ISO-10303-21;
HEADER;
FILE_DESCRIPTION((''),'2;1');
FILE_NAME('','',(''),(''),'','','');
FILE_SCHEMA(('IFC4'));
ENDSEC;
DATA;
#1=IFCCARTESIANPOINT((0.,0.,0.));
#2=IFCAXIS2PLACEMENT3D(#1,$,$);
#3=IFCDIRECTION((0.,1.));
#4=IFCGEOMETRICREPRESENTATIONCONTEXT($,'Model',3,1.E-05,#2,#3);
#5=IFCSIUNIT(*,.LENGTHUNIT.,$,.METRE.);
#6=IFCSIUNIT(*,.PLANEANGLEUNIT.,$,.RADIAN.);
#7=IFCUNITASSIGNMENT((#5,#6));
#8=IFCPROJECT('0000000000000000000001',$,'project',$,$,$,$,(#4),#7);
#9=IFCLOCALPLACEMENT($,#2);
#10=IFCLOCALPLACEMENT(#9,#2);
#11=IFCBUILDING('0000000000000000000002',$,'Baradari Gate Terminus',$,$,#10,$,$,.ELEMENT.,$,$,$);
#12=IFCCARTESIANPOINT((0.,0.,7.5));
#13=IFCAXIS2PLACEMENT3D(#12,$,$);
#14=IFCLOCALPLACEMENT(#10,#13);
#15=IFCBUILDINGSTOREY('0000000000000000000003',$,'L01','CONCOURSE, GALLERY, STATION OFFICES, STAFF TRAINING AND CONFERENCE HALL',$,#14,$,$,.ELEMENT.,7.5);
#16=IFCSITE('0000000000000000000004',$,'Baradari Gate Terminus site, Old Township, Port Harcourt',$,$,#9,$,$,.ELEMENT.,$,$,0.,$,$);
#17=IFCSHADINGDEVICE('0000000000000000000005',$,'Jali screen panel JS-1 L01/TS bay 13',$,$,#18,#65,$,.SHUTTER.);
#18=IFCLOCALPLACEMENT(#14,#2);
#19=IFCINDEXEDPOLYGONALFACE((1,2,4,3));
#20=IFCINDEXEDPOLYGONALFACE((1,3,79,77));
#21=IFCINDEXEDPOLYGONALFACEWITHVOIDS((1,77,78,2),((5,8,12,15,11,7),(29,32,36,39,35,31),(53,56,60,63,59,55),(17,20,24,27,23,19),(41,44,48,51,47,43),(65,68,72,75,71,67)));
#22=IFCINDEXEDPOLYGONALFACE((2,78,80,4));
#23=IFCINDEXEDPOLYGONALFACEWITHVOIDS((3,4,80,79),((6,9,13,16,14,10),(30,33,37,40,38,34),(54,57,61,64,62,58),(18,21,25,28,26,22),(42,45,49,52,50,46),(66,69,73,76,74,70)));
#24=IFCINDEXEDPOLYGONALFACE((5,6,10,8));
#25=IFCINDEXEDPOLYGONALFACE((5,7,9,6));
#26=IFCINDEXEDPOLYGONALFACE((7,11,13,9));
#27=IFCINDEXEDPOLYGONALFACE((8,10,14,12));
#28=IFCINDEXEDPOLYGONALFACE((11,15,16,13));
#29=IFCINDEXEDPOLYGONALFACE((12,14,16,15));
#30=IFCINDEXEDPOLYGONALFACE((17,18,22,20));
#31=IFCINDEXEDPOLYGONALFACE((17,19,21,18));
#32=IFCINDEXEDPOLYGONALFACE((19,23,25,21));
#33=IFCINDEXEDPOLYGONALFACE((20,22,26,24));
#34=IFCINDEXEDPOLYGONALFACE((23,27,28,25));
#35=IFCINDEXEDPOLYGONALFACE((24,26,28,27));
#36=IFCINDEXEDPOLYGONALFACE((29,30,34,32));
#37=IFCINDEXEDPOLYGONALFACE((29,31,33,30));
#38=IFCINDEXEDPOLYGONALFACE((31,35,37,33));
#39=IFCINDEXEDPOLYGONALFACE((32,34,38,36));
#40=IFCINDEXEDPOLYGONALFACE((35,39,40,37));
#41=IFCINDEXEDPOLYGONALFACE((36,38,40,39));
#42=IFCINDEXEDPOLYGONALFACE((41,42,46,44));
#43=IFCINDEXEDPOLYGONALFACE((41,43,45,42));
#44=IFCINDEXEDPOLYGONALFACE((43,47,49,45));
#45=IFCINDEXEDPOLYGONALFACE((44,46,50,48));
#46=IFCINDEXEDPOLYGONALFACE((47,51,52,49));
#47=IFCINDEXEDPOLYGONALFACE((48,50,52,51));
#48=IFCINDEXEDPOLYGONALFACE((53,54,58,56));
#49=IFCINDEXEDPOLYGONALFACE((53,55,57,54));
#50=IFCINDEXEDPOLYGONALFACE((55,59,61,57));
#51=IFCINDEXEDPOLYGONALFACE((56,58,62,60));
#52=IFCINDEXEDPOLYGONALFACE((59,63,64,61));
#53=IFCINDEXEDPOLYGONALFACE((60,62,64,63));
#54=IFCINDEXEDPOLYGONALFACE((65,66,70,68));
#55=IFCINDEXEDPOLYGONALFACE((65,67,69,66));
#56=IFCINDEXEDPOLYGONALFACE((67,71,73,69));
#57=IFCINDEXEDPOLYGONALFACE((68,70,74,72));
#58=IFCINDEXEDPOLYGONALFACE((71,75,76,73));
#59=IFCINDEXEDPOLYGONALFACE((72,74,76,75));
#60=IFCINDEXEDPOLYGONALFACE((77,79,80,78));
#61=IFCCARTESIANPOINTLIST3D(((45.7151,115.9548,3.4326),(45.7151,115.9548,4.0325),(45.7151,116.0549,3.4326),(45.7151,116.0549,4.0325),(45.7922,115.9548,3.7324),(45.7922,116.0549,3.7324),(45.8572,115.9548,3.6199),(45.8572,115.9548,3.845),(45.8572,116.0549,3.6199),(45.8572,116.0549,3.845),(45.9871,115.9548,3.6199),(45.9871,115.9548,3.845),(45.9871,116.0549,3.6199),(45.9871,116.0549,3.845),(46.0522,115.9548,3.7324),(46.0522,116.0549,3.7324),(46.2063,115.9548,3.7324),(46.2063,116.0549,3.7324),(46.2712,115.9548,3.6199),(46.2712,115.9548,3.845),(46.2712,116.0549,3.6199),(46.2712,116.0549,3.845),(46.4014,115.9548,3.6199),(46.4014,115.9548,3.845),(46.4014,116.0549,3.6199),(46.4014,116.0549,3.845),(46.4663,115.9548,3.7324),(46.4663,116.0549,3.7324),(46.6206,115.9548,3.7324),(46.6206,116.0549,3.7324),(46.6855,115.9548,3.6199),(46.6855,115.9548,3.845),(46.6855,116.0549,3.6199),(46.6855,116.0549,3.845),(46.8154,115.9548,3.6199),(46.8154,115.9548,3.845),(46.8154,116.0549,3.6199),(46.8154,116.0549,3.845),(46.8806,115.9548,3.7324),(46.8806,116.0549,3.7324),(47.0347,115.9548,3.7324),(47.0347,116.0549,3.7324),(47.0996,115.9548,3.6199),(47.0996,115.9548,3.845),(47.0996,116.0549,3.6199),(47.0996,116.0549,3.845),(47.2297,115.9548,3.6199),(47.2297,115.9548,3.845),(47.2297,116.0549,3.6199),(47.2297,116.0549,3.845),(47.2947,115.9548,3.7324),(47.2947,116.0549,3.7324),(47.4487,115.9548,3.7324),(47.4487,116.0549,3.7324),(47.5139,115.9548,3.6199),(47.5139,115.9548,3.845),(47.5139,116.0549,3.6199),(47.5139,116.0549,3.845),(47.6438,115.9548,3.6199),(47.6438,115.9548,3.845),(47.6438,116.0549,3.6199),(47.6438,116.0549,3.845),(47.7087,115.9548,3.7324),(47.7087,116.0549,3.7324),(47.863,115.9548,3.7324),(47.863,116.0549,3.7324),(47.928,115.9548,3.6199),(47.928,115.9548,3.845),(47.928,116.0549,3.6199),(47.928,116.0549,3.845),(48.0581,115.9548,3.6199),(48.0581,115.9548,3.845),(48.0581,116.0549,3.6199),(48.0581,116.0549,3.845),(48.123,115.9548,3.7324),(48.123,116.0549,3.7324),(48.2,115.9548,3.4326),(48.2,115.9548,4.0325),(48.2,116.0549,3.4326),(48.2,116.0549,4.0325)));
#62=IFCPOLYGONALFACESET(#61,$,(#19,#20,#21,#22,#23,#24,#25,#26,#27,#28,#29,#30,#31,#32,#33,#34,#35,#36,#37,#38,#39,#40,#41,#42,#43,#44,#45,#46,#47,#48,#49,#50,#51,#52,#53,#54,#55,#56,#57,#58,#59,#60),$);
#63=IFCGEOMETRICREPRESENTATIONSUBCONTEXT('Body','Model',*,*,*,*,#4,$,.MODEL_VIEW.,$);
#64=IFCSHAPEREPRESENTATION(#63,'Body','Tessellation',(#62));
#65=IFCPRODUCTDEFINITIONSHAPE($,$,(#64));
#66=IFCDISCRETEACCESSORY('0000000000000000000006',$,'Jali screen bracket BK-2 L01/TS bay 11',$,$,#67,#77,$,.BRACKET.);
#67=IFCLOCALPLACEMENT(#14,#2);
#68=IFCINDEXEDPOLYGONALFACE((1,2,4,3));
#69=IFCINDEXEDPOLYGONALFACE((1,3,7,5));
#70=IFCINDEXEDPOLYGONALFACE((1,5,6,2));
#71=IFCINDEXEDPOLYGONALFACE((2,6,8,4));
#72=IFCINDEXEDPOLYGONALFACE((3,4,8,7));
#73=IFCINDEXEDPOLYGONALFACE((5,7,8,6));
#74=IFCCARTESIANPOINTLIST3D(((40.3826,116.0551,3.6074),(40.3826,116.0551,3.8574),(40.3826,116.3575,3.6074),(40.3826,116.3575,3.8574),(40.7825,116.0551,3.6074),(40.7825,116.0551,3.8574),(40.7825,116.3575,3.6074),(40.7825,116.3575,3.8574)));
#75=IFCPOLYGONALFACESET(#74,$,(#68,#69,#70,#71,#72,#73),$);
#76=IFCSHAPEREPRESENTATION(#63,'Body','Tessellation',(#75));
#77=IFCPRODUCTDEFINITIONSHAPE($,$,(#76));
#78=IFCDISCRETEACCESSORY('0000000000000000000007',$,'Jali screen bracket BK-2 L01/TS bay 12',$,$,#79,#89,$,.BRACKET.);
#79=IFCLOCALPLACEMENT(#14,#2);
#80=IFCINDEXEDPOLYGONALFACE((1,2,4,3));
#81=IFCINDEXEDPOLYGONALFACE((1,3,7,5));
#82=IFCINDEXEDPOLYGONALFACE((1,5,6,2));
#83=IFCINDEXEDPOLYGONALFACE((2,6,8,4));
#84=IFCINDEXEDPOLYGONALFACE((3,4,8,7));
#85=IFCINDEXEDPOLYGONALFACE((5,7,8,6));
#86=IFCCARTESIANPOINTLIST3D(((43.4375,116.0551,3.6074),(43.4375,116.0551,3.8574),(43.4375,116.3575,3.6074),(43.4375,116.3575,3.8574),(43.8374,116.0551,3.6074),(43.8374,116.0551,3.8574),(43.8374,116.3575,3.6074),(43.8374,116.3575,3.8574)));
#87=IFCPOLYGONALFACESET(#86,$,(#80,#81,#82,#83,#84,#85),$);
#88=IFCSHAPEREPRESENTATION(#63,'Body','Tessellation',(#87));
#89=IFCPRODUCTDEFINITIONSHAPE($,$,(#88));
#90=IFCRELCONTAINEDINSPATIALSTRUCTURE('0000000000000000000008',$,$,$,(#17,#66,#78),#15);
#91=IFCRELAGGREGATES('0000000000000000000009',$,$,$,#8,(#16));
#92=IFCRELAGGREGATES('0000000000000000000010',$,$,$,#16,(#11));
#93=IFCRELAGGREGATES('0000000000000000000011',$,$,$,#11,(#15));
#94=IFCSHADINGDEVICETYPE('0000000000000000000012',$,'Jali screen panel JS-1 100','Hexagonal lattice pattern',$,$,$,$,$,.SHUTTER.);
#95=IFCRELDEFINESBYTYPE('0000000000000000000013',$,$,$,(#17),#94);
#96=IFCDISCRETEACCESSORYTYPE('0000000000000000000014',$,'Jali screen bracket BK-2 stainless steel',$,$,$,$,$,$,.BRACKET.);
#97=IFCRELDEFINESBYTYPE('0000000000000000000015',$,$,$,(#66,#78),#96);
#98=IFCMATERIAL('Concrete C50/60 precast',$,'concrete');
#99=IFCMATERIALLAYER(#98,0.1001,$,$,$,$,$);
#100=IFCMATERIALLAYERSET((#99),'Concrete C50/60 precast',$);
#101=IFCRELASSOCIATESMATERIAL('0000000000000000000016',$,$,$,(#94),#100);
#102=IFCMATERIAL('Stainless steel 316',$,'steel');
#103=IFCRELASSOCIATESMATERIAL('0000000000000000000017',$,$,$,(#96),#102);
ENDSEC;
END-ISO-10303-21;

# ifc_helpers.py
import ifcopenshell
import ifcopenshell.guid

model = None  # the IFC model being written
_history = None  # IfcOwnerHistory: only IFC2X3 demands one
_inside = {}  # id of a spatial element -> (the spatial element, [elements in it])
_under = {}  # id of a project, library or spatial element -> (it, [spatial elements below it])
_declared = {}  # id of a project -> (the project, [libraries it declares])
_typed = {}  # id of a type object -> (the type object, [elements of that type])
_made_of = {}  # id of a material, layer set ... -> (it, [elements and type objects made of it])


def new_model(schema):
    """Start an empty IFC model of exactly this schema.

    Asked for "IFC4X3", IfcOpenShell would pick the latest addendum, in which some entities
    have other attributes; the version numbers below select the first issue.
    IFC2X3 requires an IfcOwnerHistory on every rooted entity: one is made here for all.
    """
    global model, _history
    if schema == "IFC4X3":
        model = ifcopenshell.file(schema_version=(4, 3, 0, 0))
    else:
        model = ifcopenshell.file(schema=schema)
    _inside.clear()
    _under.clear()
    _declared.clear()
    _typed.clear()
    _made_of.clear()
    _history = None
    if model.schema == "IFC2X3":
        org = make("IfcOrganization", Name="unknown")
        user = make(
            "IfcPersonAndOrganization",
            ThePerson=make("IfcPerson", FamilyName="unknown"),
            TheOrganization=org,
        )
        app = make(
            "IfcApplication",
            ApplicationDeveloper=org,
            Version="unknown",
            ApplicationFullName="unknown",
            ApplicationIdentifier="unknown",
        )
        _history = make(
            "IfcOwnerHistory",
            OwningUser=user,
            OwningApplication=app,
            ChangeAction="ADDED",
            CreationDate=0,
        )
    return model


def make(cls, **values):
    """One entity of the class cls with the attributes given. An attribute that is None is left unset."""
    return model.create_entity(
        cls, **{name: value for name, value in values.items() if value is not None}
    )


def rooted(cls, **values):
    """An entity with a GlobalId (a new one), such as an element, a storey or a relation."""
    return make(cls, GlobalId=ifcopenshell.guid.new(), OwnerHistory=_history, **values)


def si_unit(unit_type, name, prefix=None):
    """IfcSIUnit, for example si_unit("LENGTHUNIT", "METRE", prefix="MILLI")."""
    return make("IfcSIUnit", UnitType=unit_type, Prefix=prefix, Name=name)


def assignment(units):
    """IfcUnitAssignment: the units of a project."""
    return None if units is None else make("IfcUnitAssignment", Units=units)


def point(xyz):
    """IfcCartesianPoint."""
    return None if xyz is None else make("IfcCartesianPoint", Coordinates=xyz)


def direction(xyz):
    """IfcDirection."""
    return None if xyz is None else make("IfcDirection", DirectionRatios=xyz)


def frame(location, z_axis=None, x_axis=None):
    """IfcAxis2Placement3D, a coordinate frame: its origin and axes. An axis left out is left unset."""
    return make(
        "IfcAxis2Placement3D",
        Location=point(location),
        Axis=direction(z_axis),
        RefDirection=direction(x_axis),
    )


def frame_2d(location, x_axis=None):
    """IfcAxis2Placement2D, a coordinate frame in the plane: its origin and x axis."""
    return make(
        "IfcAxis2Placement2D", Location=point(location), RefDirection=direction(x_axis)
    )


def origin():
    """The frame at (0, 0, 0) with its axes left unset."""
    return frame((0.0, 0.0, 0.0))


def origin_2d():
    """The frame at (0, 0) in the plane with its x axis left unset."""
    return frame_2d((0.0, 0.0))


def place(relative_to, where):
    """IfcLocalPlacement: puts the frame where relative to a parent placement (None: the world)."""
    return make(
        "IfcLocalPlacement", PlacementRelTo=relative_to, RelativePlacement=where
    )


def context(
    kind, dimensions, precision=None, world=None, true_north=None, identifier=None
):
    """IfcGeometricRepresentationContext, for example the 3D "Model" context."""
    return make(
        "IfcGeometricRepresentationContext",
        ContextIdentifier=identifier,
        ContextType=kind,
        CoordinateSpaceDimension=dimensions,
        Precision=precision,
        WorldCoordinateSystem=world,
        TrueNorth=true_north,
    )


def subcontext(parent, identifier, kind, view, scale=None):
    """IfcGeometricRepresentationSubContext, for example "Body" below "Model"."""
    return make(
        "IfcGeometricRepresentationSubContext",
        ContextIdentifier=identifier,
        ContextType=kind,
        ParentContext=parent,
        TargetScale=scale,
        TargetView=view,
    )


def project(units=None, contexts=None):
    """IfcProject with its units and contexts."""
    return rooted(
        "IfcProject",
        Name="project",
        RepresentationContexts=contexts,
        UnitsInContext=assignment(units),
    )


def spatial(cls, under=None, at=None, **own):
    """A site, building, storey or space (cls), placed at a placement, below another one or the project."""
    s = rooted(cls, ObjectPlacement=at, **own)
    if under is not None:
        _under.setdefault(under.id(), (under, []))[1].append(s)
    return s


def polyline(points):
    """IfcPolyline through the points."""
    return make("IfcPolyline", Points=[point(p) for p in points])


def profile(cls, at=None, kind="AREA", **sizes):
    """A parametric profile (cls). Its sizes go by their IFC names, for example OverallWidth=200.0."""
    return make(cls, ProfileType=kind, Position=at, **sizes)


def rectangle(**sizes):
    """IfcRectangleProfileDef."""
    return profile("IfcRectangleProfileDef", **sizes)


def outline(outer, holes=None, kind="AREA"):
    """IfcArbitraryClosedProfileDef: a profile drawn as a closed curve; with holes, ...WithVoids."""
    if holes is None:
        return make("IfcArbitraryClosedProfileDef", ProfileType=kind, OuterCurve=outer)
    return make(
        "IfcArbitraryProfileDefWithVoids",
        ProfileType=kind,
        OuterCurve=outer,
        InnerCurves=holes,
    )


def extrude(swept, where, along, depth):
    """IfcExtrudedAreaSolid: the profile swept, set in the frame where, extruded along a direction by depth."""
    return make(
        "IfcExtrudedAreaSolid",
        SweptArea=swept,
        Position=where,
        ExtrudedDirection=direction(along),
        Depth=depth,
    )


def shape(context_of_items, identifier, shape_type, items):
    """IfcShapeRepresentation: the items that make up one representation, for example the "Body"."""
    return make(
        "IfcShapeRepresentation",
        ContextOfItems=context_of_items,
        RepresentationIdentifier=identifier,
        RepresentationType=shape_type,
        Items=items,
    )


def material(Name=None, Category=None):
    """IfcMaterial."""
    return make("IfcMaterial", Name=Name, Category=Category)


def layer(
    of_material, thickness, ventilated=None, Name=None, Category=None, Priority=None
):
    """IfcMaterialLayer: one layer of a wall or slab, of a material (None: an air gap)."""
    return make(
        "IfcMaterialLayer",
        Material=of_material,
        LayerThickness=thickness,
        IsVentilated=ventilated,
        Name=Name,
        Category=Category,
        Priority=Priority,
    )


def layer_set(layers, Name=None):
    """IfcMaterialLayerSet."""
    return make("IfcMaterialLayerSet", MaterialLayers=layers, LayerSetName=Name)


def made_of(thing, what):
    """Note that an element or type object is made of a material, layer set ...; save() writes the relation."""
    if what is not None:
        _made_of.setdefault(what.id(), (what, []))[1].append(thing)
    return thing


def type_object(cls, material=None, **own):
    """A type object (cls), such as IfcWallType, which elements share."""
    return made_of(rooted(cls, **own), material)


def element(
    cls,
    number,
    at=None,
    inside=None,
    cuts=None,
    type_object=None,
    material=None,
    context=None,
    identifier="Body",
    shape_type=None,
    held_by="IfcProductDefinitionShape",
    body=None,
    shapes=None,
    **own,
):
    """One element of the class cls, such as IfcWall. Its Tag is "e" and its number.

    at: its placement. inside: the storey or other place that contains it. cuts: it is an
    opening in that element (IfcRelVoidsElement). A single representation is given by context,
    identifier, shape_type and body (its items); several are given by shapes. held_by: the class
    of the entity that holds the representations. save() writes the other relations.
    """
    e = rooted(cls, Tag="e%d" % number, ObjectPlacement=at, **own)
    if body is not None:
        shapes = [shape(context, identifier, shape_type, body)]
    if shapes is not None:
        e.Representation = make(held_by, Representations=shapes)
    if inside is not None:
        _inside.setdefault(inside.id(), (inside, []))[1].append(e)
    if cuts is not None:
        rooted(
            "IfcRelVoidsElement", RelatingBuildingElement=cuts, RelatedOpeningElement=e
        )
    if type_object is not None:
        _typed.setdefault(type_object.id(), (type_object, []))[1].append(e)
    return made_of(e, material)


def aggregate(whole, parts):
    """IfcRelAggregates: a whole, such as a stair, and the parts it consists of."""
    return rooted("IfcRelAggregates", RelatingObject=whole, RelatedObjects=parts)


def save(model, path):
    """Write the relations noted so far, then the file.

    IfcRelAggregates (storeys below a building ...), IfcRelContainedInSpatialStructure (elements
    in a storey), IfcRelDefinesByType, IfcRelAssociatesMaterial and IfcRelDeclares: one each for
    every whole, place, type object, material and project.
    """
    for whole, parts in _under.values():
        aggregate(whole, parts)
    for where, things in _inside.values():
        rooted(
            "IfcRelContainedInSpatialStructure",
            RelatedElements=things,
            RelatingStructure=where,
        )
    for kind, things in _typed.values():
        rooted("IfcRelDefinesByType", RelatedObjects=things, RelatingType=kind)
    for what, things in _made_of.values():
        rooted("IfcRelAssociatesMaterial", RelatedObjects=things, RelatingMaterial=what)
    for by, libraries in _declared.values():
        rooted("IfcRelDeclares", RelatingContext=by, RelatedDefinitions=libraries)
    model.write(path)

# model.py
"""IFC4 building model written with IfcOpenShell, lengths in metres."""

from ifc_helpers import new_model, si_unit, direction, frame, origin, origin_2d, place, context, subcontext, project, spatial, polyline, rectangle, outline, extrude, material, layer, layer_set, type_object, element, save


model = new_model("IFC4")

# Units and contexts
model_context = context("Model", 3, precision=1e-05, world=origin(), true_north=direction((0.0, 1.0)))
body_context = subcontext(model_context, "Body", "Model", "MODEL_VIEW")
ifc_project = project(units=[si_unit("LENGTHUNIT", "METRE"), si_unit("PLANEANGLEUNIT", "RADIAN")], contexts=[model_context])

# Site, building, storey
site_placement = place(None, origin())
site = spatial("IfcSite", under=ifc_project, at=site_placement, Name="Baradari Gate Terminus site, Old Township, Port Harcourt", CompositionType="ELEMENT", RefElevation=0.0)
building_placement = place(site_placement, origin())
building = spatial("IfcBuilding", under=site, at=building_placement, Name="Baradari Gate Terminus", CompositionType="ELEMENT")
storey_placement = place(building_placement, frame((0.0, 0.0, 7.5)))
storey = spatial("IfcBuildingStorey", under=building, at=storey_placement, Name="L01", Description="CONCOURSE, GALLERY, STATION OFFICES, STAFF TRAINING AND CONFERENCE HALL", CompositionType="ELEMENT", Elevation=7.5)

# Shading device
ifc_material_1 = material(Name="Concrete C50/60 precast", Category="concrete")
ifc_layer_1 = layer(ifc_material_1, 0.1001)
ifc_layer_set_1 = layer_set([ifc_layer_1], Name="Concrete C50/60 precast")
shading_device_type = type_object("IfcShadingDeviceType", Name="Jali screen panel JS-1 100", Description="Hexagonal lattice pattern", PredefinedType="SHUTTER", material=ifc_layer_set_1)
shading_device_1_placement = place(storey_placement, frame((45.7151, 116.0049, 3.4326), z_axis=(0.0, 0.0, 1.0), x_axis=(1.0, 0.0, 0.0)))
element("IfcShadingDevice", 1, at=shading_device_1_placement, inside=storey, type_object=shading_device_type, Name="Jali screen panel JS-1 L01/TS bay 13", PredefinedType="SHUTTER", context=body_context, shape_type="SweptSolid", body=[
    extrude(outline(polyline([(0.0, 0.0), (2.4849, 0.0), (2.4849, 0.5999), (0.0, 0.5999), (0.0, 0.0)]), holes=[polyline([(0.3372, 0.2998), (0.272, 0.1873), (0.1421, 0.1873), (0.0771, 0.2998), (0.1421, 0.4124), (0.272, 0.4124), (0.3372, 0.2998)]), polyline([(0.7512, 0.2998), (0.6863, 0.1873), (0.5562, 0.1873), (0.4912, 0.2998), (0.5562, 0.4124), (0.6863, 0.4124), (0.7512, 0.2998)]), polyline([(1.1655, 0.2998), (1.1003, 0.1873), (0.9705, 0.1873), (0.9055, 0.2998), (0.9705, 0.4124), (1.1003, 0.4124), (1.1655, 0.2998)]), polyline([(1.5796, 0.2998), (1.5146, 0.1873), (1.3845, 0.1873), (1.3196, 0.2998), (1.3845, 0.4124), (1.5146, 0.4124), (1.5796, 0.2998)]), polyline([(1.9937, 0.2998), (1.9287, 0.1873), (1.7988, 0.1873), (1.7336, 0.2998), (1.7988, 0.4124), (1.9287, 0.4124), (1.9937, 0.2998)]), polyline([(2.408, 0.2998), (2.343, 0.1873), (2.2129, 0.1873), (2.1479, 0.2998), (2.2129, 0.4124), (2.343, 0.4124), (2.408, 0.2998)])]), frame((0.0, 0.05, 0.0), z_axis=(0.0, -1.0, 0.0), x_axis=(1.0, 0.0, 0.0)), (0.0, 0.0, 1.0), 0.1001),
])

# Discrete accessories
ifc_material_2 = material(Name="Stainless steel 316", Category="steel")
discrete_accessory_type = type_object("IfcDiscreteAccessoryType", Name="Jali screen bracket BK-2 stainless steel", PredefinedType="BRACKET", material=ifc_material_2)
for number, where, z_axis, x_axis, name in (
    (2, (40.5825, 116.2063, 3.6074), (0.0, 0.0, 1.0), (0.0, -1.0, 0.0), "Jali screen bracket BK-2 L01/TS bay 11"),
    (3, (43.6375, 116.2063, 3.6074), (0.0, 0.0, 1.0), (0.0, -1.0, 0.0), "Jali screen bracket BK-2 L01/TS bay 12"),
):
    element("IfcDiscreteAccessory", number, at=place(storey_placement, frame(where, z_axis=z_axis, x_axis=x_axis)), inside=storey, type_object=discrete_accessory_type, Name=name, PredefinedType="BRACKET", context=body_context, shape_type="SweptSolid", body=[
        extrude(rectangle(XDim=0.3025, YDim=0.3999, at=origin_2d()), origin(), (0.0, 0.0, 1.0), 0.25),
    ])

save(model, "model.ifc")
